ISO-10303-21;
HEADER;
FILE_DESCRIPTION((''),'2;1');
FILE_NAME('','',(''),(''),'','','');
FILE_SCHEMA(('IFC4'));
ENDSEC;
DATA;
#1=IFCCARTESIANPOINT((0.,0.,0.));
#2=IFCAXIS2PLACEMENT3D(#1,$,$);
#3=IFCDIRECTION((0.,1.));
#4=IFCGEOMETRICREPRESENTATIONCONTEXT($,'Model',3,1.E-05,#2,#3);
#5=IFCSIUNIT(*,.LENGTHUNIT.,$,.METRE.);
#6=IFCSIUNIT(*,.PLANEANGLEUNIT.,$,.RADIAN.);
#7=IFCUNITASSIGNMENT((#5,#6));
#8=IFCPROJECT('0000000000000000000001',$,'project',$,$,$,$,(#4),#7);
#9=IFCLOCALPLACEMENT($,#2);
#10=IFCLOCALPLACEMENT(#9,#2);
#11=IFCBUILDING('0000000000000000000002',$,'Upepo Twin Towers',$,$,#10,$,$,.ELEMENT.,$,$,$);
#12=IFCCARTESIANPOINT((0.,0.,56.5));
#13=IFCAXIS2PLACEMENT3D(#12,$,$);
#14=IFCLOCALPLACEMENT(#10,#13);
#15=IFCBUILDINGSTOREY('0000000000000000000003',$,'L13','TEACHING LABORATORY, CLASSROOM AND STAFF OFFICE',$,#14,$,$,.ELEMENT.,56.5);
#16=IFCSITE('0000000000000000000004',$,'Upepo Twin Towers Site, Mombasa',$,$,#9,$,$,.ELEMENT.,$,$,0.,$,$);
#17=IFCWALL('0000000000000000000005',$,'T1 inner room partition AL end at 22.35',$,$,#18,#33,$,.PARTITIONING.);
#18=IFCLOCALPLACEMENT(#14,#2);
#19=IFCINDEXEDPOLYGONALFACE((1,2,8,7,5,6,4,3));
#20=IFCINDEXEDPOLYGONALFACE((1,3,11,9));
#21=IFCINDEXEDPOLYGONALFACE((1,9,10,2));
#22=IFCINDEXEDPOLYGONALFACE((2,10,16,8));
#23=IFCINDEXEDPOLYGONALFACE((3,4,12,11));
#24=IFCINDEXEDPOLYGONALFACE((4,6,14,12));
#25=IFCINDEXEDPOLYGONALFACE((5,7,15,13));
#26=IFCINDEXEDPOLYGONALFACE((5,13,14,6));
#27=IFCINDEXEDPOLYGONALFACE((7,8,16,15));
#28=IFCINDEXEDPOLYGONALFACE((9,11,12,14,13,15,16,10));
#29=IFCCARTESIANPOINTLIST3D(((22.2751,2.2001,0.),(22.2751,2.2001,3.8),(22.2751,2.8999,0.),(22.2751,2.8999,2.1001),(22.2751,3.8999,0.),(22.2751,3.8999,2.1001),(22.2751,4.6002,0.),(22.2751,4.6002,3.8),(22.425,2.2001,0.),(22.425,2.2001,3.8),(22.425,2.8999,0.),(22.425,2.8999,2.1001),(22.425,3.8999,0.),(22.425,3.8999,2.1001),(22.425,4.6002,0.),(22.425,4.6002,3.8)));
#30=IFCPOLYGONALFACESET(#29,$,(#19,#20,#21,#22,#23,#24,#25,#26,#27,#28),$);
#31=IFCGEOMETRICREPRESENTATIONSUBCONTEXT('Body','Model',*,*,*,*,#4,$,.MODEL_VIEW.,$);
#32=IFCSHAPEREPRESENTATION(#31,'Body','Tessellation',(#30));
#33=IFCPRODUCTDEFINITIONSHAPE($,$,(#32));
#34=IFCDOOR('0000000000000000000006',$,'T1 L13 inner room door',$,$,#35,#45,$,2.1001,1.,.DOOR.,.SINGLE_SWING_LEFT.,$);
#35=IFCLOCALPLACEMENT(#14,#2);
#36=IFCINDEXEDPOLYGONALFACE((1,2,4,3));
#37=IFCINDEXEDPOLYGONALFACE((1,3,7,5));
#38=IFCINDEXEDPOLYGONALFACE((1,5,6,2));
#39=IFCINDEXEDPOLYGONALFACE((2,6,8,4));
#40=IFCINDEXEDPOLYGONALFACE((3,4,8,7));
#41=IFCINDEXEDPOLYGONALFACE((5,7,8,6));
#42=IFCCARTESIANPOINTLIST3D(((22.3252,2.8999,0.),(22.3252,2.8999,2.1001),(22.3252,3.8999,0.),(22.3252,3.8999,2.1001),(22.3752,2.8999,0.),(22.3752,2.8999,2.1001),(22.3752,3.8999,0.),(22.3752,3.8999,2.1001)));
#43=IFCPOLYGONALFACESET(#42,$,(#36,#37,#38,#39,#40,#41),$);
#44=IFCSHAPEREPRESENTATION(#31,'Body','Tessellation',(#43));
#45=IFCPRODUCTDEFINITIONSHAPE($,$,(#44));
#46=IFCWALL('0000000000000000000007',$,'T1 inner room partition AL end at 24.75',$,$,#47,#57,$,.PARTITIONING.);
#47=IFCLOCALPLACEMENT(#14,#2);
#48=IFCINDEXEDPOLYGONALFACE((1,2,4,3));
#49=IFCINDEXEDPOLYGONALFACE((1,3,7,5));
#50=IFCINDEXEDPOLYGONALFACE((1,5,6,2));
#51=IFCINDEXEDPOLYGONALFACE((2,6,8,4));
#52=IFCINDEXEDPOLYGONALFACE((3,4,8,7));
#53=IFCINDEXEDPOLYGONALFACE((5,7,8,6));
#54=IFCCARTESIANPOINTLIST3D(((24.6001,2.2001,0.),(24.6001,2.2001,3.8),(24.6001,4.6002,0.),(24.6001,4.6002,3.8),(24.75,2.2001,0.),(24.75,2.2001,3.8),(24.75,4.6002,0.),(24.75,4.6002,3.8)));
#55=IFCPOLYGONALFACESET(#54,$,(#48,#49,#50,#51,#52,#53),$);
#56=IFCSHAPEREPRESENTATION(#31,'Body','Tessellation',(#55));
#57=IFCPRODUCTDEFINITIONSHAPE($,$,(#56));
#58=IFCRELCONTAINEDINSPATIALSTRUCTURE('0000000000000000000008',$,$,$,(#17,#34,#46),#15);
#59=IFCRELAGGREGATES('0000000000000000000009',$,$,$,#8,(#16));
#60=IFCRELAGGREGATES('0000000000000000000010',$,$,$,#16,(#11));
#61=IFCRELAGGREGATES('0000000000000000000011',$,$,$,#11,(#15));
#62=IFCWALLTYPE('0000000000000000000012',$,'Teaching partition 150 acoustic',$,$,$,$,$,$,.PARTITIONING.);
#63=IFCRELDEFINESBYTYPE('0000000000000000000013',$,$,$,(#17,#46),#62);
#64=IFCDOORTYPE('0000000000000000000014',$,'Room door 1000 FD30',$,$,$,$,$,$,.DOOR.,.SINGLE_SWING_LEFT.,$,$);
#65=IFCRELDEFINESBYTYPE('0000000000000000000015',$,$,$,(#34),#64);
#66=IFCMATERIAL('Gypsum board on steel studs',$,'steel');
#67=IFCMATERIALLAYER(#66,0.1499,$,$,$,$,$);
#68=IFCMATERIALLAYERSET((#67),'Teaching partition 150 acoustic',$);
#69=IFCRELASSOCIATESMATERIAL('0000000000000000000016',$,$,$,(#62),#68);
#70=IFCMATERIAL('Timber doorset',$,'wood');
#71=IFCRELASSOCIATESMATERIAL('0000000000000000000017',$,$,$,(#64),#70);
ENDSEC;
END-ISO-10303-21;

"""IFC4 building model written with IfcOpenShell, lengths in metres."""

from ifc_helpers import new_model, si_unit, direction, frame, frame_2d, origin, place, context, subcontext, project, spatial, rectangle, extrude, material, layer, layer_set, type_object, element, fill, save


model = new_model("IFC4")

# Units and contexts
model_context = context("Model", 3, precision=1e-05, world=origin(), true_north=direction((0.0, 1.0)))
body_context = subcontext(model_context, "Body", "Model", "MODEL_VIEW")
ifc_project = project(units=[si_unit("LENGTHUNIT", "METRE"), si_unit("PLANEANGLEUNIT", "RADIAN")], contexts=[model_context])

# Site, building, storey
site_placement = place(None, origin())
site = spatial("IfcSite", under=ifc_project, at=site_placement, Name="Upepo Twin Towers Site, Mombasa", CompositionType="ELEMENT", RefElevation=0.0)
building_placement = place(site_placement, origin())
building = spatial("IfcBuilding", under=site, at=building_placement, Name="Upepo Twin Towers", CompositionType="ELEMENT")
storey_placement = place(building_placement, frame((0.0, 0.0, 56.5)))
storey = spatial("IfcBuildingStorey", under=building, at=storey_placement, Name="L13", Description="TEACHING LABORATORY, CLASSROOM AND STAFF OFFICE", CompositionType="ELEMENT", Elevation=56.5)

# Shared definitions
ifc_material_1 = material(Name="Gypsum board on steel studs", Category="steel")
ifc_layer_1 = layer(ifc_material_1, 0.1499)
ifc_layer_set_1 = layer_set([ifc_layer_1], Name="Teaching partition 150 acoustic")
wall_type_1 = type_object("IfcWallType", Name="Teaching partition 150 acoustic", PredefinedType="PARTITIONING", material=ifc_layer_set_1)

# Wall, opening, door
wall_1_placement = place(storey_placement, frame((22.3501, 2.2, 0.0), z_axis=(0.0, 0.0, 1.0), x_axis=(0.0, 1.0, 0.0)))
wall_1 = element("IfcWall", 1, at=wall_1_placement, inside=storey, type_object=wall_type_1, Name="T1 inner room partition AL end at 22.35", PredefinedType="PARTITIONING", context=body_context, shape_type="SweptSolid", body=[
    extrude(rectangle(XDim=2.4001, YDim=0.1499, at=frame_2d((1.2002, 0.0))), origin(), (0.0, 0.0, 1.0), 3.8),
])
opening_placement = place(wall_1_placement, frame((0.7, 0.0, 0.0)))
opening = element("IfcOpeningElement", 2, at=opening_placement, cuts=wall_1, PredefinedType="OPENING", context=body_context, shape_type="SweptSolid", body=[
    extrude(rectangle(XDim=1.0, YDim=2.1001, at=frame_2d((0.5, 1.05))), frame((0.0, 0.085, 0.0), z_axis=(0.0, -1.0, 0.0), x_axis=(1.0, 0.0, 0.0)), (0.0, 0.0, 1.0), 0.1699),
])
ifc_material_2 = material(Name="Timber doorset", Category="wood")
door_type = type_object("IfcDoorType", Name="Room door 1000 FD30", OperationType="SINGLE_SWING_LEFT", PredefinedType="DOOR", material=ifc_material_2)
door_placement = place(opening_placement, origin())
door = element("IfcDoor", 3, at=door_placement, inside=storey, type_object=door_type, Name="T1 L13 inner room door", OperationType="SINGLE_SWING_LEFT", OverallHeight=2.1001, OverallWidth=1.0, PredefinedType="DOOR", context=body_context, shape_type="SweptSolid", body=[
    extrude(rectangle(XDim=1.0, YDim=2.1001, at=frame_2d((0.5, 1.05))), frame((0.0, 0.0249, 0.0), z_axis=(0.0, -1.0, 0.0), x_axis=(1.0, 0.0, 0.0)), (0.0, 0.0, 1.0), 0.05),
])
fill(opening, door)

# Wall
wall_2_placement = place(storey_placement, frame((24.675, 2.2, 0.0), z_axis=(0.0, 0.0, 1.0), x_axis=(0.0, 1.0, 0.0)))
element("IfcWall", 4, at=wall_2_placement, inside=storey, type_object=wall_type_1, Name="T1 inner room partition AL end at 24.75", PredefinedType="PARTITIONING", context=body_context, shape_type="SweptSolid", body=[
    extrude(rectangle(XDim=2.4001, YDim=0.1499, at=frame_2d((1.2002, 0.0))), origin(), (0.0, 0.0, 1.0), 3.8),
])

save(model, "model.ifc")
